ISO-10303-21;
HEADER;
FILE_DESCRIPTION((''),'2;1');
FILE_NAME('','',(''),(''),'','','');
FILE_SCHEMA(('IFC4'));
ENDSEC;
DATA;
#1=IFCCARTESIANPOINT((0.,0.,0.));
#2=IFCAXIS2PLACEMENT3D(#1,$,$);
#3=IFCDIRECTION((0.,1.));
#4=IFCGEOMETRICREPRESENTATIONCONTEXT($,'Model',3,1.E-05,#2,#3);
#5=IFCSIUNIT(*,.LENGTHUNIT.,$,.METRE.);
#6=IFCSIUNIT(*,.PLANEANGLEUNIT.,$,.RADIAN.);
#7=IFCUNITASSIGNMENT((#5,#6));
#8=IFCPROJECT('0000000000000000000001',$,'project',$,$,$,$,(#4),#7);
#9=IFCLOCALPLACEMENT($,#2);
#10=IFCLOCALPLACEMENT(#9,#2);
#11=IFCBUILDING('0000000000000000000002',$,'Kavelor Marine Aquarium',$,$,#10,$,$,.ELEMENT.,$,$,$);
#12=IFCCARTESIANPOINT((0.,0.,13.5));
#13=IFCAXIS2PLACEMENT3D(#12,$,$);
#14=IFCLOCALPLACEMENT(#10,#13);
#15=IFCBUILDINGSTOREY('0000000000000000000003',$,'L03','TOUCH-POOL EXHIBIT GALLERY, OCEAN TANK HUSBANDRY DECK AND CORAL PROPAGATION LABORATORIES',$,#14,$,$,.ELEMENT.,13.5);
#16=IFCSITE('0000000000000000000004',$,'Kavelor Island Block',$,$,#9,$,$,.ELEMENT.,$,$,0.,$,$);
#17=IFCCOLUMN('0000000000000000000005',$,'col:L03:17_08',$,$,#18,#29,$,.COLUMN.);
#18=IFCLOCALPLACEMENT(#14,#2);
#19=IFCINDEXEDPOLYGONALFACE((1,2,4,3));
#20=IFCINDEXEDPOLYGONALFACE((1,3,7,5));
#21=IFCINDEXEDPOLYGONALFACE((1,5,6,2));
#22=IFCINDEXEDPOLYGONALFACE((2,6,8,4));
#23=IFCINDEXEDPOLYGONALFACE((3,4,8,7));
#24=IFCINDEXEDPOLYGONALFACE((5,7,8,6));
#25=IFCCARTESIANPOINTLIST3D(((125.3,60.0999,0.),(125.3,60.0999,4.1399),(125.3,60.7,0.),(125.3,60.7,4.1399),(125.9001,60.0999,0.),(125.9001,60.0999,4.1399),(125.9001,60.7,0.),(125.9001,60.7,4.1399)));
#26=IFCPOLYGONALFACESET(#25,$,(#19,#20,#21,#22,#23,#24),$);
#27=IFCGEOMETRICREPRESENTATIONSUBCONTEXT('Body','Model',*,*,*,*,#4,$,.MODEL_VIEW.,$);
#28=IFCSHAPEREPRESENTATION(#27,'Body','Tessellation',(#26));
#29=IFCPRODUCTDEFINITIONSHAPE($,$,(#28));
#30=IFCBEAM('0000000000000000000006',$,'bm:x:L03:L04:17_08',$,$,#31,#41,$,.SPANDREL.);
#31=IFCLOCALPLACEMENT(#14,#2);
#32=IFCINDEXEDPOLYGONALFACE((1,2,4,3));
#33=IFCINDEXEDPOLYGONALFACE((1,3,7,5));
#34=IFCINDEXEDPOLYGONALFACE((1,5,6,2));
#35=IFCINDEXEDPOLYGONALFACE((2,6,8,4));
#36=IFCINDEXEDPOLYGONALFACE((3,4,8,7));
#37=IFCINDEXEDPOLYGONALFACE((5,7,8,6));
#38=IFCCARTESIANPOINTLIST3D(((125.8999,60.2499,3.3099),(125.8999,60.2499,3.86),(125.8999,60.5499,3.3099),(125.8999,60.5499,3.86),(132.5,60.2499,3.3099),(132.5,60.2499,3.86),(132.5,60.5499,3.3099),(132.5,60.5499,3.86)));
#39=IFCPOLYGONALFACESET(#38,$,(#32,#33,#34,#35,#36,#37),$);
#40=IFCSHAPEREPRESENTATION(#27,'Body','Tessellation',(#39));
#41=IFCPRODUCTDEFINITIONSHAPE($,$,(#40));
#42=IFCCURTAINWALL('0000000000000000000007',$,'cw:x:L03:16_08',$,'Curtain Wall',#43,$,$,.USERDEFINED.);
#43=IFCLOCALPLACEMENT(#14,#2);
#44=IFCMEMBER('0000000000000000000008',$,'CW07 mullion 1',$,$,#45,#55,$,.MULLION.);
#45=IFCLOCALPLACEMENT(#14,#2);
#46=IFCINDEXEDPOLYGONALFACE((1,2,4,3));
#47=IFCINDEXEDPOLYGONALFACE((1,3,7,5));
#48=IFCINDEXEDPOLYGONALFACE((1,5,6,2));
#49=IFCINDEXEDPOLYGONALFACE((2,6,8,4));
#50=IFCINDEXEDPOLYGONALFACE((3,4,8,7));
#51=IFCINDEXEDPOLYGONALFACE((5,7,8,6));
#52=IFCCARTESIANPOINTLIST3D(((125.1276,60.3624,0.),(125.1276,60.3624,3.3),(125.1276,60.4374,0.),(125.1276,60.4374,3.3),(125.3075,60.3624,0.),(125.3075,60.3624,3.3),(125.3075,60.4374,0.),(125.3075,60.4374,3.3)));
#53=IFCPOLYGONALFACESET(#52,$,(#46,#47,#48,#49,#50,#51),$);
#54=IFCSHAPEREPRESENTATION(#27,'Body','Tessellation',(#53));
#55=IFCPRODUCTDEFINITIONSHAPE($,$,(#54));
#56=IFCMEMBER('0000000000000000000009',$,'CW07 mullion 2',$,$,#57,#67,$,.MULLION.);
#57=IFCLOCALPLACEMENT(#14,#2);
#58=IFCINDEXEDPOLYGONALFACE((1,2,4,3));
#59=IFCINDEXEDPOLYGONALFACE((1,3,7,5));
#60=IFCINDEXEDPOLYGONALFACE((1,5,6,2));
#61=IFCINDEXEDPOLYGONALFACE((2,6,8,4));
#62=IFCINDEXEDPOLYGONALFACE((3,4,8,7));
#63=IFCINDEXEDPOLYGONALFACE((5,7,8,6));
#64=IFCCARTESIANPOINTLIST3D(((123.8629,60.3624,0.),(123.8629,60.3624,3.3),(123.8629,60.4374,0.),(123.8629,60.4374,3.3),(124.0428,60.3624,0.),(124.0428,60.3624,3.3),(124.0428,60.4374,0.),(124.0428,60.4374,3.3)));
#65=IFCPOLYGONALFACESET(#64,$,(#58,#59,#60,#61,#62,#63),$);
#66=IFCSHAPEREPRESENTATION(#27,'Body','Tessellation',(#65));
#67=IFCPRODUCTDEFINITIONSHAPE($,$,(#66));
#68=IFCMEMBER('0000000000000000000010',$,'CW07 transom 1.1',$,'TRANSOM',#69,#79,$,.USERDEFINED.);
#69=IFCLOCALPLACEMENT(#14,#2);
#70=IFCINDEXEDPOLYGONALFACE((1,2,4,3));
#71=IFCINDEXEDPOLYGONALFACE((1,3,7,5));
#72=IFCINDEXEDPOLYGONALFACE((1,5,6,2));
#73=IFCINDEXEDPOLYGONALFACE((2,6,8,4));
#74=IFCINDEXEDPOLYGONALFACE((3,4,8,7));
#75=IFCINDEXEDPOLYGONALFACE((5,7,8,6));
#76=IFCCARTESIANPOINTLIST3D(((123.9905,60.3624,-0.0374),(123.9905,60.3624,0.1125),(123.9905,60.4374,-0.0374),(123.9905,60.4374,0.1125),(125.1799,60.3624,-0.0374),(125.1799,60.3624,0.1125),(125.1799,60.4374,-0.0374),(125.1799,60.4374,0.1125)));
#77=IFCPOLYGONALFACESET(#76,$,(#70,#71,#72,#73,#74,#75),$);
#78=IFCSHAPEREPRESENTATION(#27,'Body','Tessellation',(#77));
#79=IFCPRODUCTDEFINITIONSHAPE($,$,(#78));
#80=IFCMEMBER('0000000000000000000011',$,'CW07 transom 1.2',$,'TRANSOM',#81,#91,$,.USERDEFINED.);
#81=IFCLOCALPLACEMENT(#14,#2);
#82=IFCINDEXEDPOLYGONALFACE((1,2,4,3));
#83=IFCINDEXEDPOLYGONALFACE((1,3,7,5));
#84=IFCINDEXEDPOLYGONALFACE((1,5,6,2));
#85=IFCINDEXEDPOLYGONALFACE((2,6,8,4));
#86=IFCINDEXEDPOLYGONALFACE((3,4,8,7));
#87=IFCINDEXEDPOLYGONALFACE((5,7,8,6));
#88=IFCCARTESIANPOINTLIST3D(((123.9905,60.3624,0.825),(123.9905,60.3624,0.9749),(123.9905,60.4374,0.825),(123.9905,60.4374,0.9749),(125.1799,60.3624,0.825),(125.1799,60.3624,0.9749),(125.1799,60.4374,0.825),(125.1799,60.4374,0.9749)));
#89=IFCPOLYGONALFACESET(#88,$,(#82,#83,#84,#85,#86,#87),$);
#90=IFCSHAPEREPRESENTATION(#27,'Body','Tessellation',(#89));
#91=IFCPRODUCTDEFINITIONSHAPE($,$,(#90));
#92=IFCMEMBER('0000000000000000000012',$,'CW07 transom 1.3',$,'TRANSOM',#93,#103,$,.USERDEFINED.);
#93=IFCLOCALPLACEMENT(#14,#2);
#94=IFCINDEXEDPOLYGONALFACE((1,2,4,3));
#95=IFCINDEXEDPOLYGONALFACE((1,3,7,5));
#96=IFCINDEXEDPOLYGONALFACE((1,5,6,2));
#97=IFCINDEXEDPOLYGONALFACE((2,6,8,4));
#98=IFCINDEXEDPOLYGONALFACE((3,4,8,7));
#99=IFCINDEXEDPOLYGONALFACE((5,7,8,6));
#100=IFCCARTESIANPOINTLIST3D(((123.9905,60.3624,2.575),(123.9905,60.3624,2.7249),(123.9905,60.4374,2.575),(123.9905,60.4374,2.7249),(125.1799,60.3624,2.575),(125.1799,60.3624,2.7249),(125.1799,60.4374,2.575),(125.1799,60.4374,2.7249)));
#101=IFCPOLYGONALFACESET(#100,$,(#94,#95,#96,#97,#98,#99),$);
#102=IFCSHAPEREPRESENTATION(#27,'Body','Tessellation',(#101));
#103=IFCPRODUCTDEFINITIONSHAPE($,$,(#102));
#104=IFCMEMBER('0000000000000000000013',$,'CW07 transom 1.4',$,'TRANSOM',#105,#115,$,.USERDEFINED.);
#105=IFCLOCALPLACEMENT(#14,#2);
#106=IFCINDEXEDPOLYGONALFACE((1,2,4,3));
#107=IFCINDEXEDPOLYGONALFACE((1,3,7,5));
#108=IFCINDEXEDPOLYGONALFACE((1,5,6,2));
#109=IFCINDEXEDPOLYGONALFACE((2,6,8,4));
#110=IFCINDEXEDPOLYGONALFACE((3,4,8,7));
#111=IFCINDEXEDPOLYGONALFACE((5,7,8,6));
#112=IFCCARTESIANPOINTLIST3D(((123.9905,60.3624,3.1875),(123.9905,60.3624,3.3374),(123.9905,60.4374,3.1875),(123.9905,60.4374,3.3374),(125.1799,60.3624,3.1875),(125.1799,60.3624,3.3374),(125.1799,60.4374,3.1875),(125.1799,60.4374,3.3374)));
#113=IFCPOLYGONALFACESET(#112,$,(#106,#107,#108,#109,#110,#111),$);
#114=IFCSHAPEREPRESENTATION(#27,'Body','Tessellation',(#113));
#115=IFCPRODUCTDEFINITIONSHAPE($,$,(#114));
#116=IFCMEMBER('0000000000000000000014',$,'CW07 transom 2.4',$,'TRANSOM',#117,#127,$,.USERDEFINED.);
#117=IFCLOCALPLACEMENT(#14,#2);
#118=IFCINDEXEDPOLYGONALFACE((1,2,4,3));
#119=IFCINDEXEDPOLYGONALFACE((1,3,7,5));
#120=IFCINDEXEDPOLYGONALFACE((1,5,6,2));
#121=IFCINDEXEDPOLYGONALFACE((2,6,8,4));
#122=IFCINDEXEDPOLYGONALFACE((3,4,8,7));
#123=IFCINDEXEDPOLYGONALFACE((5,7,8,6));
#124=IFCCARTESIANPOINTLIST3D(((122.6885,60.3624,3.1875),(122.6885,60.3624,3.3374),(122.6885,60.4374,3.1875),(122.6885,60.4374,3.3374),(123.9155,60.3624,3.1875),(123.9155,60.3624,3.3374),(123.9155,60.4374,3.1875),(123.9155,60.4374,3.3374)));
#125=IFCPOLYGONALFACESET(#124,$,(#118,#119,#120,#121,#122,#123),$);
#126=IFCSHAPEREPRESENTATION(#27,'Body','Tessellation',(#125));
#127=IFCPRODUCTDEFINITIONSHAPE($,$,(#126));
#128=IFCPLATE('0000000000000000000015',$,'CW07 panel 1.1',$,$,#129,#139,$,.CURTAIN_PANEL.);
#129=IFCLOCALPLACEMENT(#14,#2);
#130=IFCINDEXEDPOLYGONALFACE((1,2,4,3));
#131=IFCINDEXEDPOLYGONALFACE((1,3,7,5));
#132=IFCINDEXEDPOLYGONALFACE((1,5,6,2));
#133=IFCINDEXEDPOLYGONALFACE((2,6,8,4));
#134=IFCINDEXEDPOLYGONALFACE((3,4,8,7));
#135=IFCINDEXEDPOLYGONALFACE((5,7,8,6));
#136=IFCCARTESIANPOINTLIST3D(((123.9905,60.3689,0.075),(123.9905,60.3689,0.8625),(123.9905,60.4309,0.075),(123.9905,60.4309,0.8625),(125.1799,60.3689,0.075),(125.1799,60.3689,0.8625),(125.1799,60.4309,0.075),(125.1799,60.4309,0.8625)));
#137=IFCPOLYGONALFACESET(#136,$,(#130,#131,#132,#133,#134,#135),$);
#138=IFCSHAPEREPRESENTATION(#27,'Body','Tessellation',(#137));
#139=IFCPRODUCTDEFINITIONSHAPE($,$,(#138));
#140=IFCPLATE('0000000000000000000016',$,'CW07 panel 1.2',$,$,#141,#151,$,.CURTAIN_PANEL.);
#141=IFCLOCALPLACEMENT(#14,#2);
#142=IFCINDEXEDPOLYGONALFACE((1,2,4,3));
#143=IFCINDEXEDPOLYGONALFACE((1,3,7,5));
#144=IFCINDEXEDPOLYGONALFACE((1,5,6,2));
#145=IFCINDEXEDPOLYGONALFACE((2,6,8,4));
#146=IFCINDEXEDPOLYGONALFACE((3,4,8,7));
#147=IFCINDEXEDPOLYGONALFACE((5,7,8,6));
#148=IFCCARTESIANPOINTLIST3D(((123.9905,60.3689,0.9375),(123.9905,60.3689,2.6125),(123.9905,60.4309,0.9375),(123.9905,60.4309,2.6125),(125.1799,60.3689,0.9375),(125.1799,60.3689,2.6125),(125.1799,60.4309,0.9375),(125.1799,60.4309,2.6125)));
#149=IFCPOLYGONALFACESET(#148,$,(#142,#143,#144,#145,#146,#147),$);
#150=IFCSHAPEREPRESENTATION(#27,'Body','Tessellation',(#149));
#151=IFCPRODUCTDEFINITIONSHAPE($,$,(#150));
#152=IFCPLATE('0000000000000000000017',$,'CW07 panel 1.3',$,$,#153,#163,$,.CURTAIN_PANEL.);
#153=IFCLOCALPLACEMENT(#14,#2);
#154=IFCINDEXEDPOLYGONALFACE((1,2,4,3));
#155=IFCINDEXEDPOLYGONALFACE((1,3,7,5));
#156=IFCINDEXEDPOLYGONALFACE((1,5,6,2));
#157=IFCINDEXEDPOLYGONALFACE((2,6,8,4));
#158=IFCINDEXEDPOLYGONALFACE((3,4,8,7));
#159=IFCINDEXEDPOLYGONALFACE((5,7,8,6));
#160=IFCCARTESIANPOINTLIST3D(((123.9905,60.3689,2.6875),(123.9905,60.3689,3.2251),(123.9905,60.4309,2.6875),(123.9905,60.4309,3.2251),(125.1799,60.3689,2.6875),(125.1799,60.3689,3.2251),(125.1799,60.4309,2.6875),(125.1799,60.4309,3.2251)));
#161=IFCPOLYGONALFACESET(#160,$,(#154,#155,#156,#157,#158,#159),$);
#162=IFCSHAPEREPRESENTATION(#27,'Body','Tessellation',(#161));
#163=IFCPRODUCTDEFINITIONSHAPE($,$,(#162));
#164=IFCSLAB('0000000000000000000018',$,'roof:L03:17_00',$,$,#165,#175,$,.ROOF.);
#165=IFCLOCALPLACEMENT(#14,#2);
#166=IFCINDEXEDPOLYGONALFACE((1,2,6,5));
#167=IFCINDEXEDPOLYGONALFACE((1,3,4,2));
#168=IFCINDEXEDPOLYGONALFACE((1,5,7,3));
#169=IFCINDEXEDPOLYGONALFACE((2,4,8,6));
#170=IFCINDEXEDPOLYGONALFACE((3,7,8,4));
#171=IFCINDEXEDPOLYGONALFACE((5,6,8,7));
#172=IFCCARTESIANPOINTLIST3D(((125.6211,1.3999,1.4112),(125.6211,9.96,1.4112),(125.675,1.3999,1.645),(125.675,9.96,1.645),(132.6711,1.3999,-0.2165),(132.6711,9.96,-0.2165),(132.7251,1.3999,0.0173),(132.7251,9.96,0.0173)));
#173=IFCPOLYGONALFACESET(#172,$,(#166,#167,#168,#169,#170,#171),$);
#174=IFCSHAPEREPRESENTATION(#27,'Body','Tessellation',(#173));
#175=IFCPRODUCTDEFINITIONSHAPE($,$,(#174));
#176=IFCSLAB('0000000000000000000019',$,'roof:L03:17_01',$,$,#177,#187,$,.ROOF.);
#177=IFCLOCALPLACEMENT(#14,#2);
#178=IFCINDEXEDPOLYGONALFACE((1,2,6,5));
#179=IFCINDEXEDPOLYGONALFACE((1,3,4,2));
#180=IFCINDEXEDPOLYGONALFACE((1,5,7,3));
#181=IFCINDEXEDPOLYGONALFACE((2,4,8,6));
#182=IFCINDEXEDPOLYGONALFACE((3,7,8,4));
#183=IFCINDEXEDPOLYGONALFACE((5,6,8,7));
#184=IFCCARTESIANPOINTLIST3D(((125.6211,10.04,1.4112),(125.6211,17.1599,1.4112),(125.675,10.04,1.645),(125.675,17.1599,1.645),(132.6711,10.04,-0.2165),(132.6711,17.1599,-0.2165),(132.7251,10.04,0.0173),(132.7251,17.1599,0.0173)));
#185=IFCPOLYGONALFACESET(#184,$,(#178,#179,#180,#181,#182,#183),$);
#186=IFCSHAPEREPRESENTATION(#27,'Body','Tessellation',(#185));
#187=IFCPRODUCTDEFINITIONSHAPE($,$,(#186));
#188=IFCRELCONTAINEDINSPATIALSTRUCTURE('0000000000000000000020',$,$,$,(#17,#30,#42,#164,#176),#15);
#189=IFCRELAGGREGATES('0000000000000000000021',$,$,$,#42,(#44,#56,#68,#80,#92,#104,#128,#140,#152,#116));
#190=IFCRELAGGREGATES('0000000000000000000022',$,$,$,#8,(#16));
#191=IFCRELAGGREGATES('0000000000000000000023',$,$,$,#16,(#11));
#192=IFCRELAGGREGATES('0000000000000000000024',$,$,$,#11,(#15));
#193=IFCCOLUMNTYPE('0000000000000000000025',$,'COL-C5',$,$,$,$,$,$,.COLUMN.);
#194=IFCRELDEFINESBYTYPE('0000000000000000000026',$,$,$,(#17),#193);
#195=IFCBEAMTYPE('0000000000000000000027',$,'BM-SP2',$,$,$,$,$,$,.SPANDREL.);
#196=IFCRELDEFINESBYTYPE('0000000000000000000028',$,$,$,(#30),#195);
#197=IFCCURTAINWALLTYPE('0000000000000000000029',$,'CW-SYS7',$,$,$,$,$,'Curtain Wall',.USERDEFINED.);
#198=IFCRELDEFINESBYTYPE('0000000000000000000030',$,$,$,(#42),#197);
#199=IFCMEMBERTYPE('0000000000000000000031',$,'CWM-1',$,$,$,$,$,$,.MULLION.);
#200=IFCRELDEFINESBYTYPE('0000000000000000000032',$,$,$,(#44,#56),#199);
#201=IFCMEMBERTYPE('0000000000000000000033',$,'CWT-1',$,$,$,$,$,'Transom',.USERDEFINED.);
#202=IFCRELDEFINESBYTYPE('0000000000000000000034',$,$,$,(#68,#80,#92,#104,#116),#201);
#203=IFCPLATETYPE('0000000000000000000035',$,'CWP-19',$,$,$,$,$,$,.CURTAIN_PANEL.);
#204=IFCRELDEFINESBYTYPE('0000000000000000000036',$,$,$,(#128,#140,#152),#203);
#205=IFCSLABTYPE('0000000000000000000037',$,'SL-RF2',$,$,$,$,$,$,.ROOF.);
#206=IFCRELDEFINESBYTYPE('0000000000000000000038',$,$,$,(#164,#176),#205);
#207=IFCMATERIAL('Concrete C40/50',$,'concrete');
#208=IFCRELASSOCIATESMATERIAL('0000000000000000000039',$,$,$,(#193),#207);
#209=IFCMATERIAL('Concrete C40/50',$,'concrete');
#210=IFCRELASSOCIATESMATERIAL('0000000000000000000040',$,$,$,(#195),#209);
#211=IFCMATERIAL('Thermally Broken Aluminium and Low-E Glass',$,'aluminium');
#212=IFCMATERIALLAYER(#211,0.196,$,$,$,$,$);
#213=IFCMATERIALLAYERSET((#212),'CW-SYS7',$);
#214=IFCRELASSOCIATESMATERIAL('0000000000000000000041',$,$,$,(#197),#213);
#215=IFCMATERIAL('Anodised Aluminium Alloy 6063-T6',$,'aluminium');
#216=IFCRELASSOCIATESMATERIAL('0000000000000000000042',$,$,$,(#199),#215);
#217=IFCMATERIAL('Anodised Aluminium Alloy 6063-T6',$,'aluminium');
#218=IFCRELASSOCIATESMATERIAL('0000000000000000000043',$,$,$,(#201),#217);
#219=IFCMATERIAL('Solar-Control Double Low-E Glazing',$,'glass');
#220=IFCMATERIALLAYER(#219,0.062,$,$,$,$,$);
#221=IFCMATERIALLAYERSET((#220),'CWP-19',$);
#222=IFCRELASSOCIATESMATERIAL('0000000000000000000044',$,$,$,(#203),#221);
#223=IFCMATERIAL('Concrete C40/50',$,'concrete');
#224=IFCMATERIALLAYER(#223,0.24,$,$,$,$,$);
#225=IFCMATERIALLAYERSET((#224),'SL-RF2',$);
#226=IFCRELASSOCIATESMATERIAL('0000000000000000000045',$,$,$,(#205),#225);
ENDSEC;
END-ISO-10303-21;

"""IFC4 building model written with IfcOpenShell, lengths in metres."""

from ifc_helpers import new_model, si_unit, direction, frame, origin, origin_2d, place, context, subcontext, project, spatial, polyline, rectangle, outline, extrude, material, layer, layer_set, material_profile, profile_set, type_object, element, aggregate, save


model = new_model("IFC4")

# Units and contexts
model_context = context("Model", 3, precision=1e-05, world=origin(), true_north=direction((0.0, 1.0)))
body_context = subcontext(model_context, "Body", "Model", "MODEL_VIEW")
ifc_project = project(units=[si_unit("LENGTHUNIT", "METRE"), si_unit("PLANEANGLEUNIT", "RADIAN")], contexts=[model_context])

# Site, building, storey
site_placement = place(None, origin())
site = spatial("IfcSite", under=ifc_project, at=site_placement, Name="Kavelor Island Block", CompositionType="ELEMENT", RefElevation=0.0)
building_placement = place(site_placement, origin())
building = spatial("IfcBuilding", under=site, at=building_placement, Name="Kavelor Marine Aquarium", CompositionType="ELEMENT")
storey_placement = place(building_placement, frame((0.0, 0.0, 13.5)))
storey = spatial("IfcBuildingStorey", under=building, at=storey_placement, Name="L03", Description="TOUCH-POOL EXHIBIT GALLERY, OCEAN TANK HUSBANDRY DECK AND CORAL PROPAGATION LABORATORIES", CompositionType="ELEMENT", Elevation=13.5)

# Column
ifc_material_1 = material(Name="Concrete C40/50", Category="concrete")
ifc_material_profile_1 = material_profile(ifc_material_1, rectangle(XDim=0.6001, YDim=0.6001, at=origin_2d()), Name="RC-COL 600x600")
ifc_profile_set_1 = profile_set([ifc_material_profile_1], Name="Concrete C40/50")
column_type = type_object("IfcColumnType", Name="COL-C5", PredefinedType="COLUMN", material=ifc_profile_set_1)
column_placement = place(storey_placement, frame((125.6001, 60.3999, 0.0), z_axis=(0.0, 0.0, 1.0), x_axis=(1.0, 0.0, 0.0)))
element("IfcColumn", 1, at=column_placement, inside=storey, type_object=column_type, Name="col:L03:17_08", PredefinedType="COLUMN", context=body_context, shape_type="SweptSolid", body=[
    extrude(rectangle(XDim=0.6001, YDim=0.6001, at=origin_2d()), origin(), (0.0, 0.0, 1.0), 4.1399),
])

# Beam
ifc_material_2 = material(Name="Concrete C40/50", Category="concrete")
ifc_material_profile_2 = material_profile(ifc_material_2, rectangle(XDim=0.3, YDim=0.55, at=origin_2d()), Name="RC-SP 300x550")
ifc_profile_set_2 = profile_set([ifc_material_profile_2], Name="Concrete C40/50")
beam_type = type_object("IfcBeamType", Name="BM-SP2", PredefinedType="SPANDREL", material=ifc_profile_set_2)
beam_placement = place(storey_placement, frame((125.8999, 60.3999, 3.585), z_axis=(1.0, 0.0, 0.0), x_axis=(0.0, 1.0, 0.0)))
element("IfcBeam", 2, at=beam_placement, inside=storey, type_object=beam_type, Name="bm:x:L03:L04:17_08", PredefinedType="SPANDREL", context=body_context, shape_type="SweptSolid", body=[
    extrude(rectangle(XDim=0.3, YDim=0.55, at=origin_2d()), origin(), (0.0, 0.0, 1.0), 6.6001),
])

# Curtain wall, members, plates
ifc_material_3 = material(Name="Thermally Broken Aluminium and Low-E Glass", Category="aluminium")
ifc_layer_1 = layer(ifc_material_3, 0.196)
ifc_layer_set_1 = layer_set([ifc_layer_1], Name="CW-SYS7")
curtain_wall_type = type_object("IfcCurtainWallType", Name="CW-SYS7", ElementType="Curtain Wall", PredefinedType="USERDEFINED", material=ifc_layer_set_1)
curtain_wall_placement = place(storey_placement, origin())
curtain_wall = element("IfcCurtainWall", 3, at=curtain_wall_placement, inside=storey, type_object=curtain_wall_type, Name="cw:x:L03:16_08", ObjectType="Curtain Wall", PredefinedType="USERDEFINED")
ifc_material_4 = material(Name="Anodised Aluminium Alloy 6063-T6", Category="aluminium")
ifc_material_profile_3 = material_profile(ifc_material_4, rectangle(XDim=0.075, YDim=0.1799, at=origin_2d()), Name="CW-MUL 75x180")
ifc_profile_set_3 = profile_set([ifc_material_profile_3], Name="Anodised Aluminium Alloy 6063-T6")
member_type_1 = type_object("IfcMemberType", Name="CWM-1", PredefinedType="MULLION", material=ifc_profile_set_3)
member_1_placement = place(storey_placement, frame((125.2175, 60.3999, 0.0), z_axis=(0.0, 0.0, 1.0), x_axis=(0.0, -1.0, 0.0)))
member_1 = element("IfcMember", 4, at=member_1_placement, type_object=member_type_1, Name="CW07 mullion 1", PredefinedType="MULLION", context=body_context, shape_type="SweptSolid", body=[
    extrude(rectangle(XDim=0.075, YDim=0.1799, at=origin_2d()), origin(), (0.0, 0.0, 1.0), 3.3),
])
member_2_placement = place(storey_placement, frame((123.9529, 60.3999, 0.0), z_axis=(0.0, 0.0, 1.0), x_axis=(0.0, -1.0, 0.0)))
member_2 = element("IfcMember", 5, at=member_2_placement, type_object=member_type_1, Name="CW07 mullion 2", PredefinedType="MULLION", context=body_context, shape_type="SweptSolid", body=[
    extrude(rectangle(XDim=0.075, YDim=0.1799, at=origin_2d()), origin(), (0.0, 0.0, 1.0), 3.3),
])
ifc_material_5 = material(Name="Anodised Aluminium Alloy 6063-T6", Category="aluminium")
ifc_material_profile_4 = material_profile(ifc_material_5, rectangle(XDim=0.075, YDim=0.1499, at=origin_2d()), Name="CW-TRN 75x150")
ifc_profile_set_4 = profile_set([ifc_material_profile_4], Name="Anodised Aluminium Alloy 6063-T6")
member_type_2 = type_object("IfcMemberType", Name="CWT-1", ElementType="Transom", PredefinedType="USERDEFINED", material=ifc_profile_set_4)
member_3_placement = place(storey_placement, frame((125.1799, 60.3999, 0.0376), z_axis=(-1.0, 0.0, 0.0), x_axis=(0.0, -1.0, 0.0)))
member_3 = element("IfcMember", 6, at=member_3_placement, type_object=member_type_2, Name="CW07 transom 1.1", ObjectType="TRANSOM", PredefinedType="USERDEFINED", context=body_context, shape_type="SweptSolid", body=[
    extrude(rectangle(XDim=0.075, YDim=0.1499, at=origin_2d()), origin(), (0.0, 0.0, 1.0), 1.1895),
])
member_4_placement = place(storey_placement, frame((125.1799, 60.3999, 0.8999), z_axis=(-1.0, 0.0, 0.0), x_axis=(0.0, -1.0, 0.0)))
member_4 = element("IfcMember", 7, at=member_4_placement, type_object=member_type_2, Name="CW07 transom 1.2", ObjectType="TRANSOM", PredefinedType="USERDEFINED", context=body_context, shape_type="SweptSolid", body=[
    extrude(rectangle(XDim=0.075, YDim=0.1499, at=origin_2d()), origin(), (0.0, 0.0, 1.0), 1.1895),
])
member_5_placement = place(storey_placement, frame((125.1799, 60.3999, 2.6499), z_axis=(-1.0, 0.0, 0.0), x_axis=(0.0, -1.0, 0.0)))
member_5 = element("IfcMember", 8, at=member_5_placement, type_object=member_type_2, Name="CW07 transom 1.3", ObjectType="TRANSOM", PredefinedType="USERDEFINED", context=body_context, shape_type="SweptSolid", body=[
    extrude(rectangle(XDim=0.075, YDim=0.1499, at=origin_2d()), origin(), (0.0, 0.0, 1.0), 1.1895),
])
member_6_placement = place(storey_placement, frame((125.1799, 60.3999, 3.2625), z_axis=(-1.0, 0.0, 0.0), x_axis=(0.0, -1.0, 0.0)))
member_6 = element("IfcMember", 9, at=member_6_placement, type_object=member_type_2, Name="CW07 transom 1.4", ObjectType="TRANSOM", PredefinedType="USERDEFINED", context=body_context, shape_type="SweptSolid", body=[
    extrude(rectangle(XDim=0.075, YDim=0.1499, at=origin_2d()), origin(), (0.0, 0.0, 1.0), 1.1895),
])
member_7_placement = place(storey_placement, frame((123.9155, 60.3999, 3.2625), z_axis=(-1.0, 0.0, 0.0), x_axis=(0.0, -1.0, 0.0)))
member_7 = element("IfcMember", 10, at=member_7_placement, type_object=member_type_2, Name="CW07 transom 2.4", ObjectType="TRANSOM", PredefinedType="USERDEFINED", context=body_context, shape_type="SweptSolid", body=[
    extrude(rectangle(XDim=0.075, YDim=0.1499, at=origin_2d()), origin(), (0.0, 0.0, 1.0), 1.2271),
])
ifc_material_6 = material(Name="Solar-Control Double Low-E Glazing", Category="glass")
ifc_layer_2 = layer(ifc_material_6, 0.062)
ifc_layer_set_2 = layer_set([ifc_layer_2], Name="CWP-19")
plate_type = type_object("IfcPlateType", Name="CWP-19", PredefinedType="CURTAIN_PANEL", material=ifc_layer_set_2)
plate_1_placement = place(storey_placement, frame((124.5852, 60.3999, 0.075), z_axis=(0.0, 0.0, 1.0), x_axis=(-1.0, 0.0, 0.0)))
plate_1 = element("IfcPlate", 11, at=plate_1_placement, type_object=plate_type, Name="CW07 panel 1.1", PredefinedType="CURTAIN_PANEL", context=body_context, shape_type="SweptSolid", body=[
    extrude(rectangle(XDim=1.1895, YDim=0.062, at=origin_2d()), origin(), (0.0, 0.0, 1.0), 0.7876),
])
plate_2_placement = place(storey_placement, frame((124.5852, 60.3999, 0.9375), z_axis=(0.0, 0.0, 1.0), x_axis=(-1.0, 0.0, 0.0)))
plate_2 = element("IfcPlate", 12, at=plate_2_placement, type_object=plate_type, Name="CW07 panel 1.2", PredefinedType="CURTAIN_PANEL", context=body_context, shape_type="SweptSolid", body=[
    extrude(rectangle(XDim=1.1895, YDim=0.062, at=origin_2d()), origin(), (0.0, 0.0, 1.0), 1.675),
])
plate_3_placement = place(storey_placement, frame((124.5852, 60.3999, 2.6875), z_axis=(0.0, 0.0, 1.0), x_axis=(-1.0, 0.0, 0.0)))
plate_3 = element("IfcPlate", 13, at=plate_3_placement, type_object=plate_type, Name="CW07 panel 1.3", PredefinedType="CURTAIN_PANEL", context=body_context, shape_type="SweptSolid", body=[
    extrude(rectangle(XDim=1.1895, YDim=0.062, at=origin_2d()), origin(), (0.0, 0.0, 1.0), 0.5376),
])
aggregate(curtain_wall, [member_1, member_2, member_3, member_4, member_5, member_6, plate_1, plate_2, plate_3, member_7])

# Slabs
ifc_material_7 = material(Name="Concrete C40/50", Category="concrete")
ifc_layer_3 = layer(ifc_material_7, 0.24)
ifc_layer_set_3 = layer_set([ifc_layer_3], Name="SL-RF2")
slab_type = type_object("IfcSlabType", Name="SL-RF2", PredefinedType="ROOF", material=ifc_layer_set_3)
slab_1_placement = place(storey_placement, frame((125.675, 1.3999, 1.645), z_axis=(0.224958, 0.0, 0.974368), x_axis=(0.974368, 0.0, -0.224958)))
element("IfcSlab", 14, at=slab_1_placement, inside=storey, type_object=slab_type, Name="roof:L03:17_00", PredefinedType="ROOF", context=body_context, shape_type="SweptSolid", body=[
    extrude(outline(polyline([(0.0, 0.0), (7.2355, 0.0), (7.2355, 8.5601), (0.0, 8.5601), (0.0, 0.0)])), origin(), (0.0, 0.0, -1.0), 0.24),
])
slab_2_placement = place(storey_placement, frame((125.675, 10.04, 1.645), z_axis=(0.224958, 0.0, 0.974368), x_axis=(0.974368, 0.0, -0.224958)))
element("IfcSlab", 15, at=slab_2_placement, inside=storey, type_object=slab_type, Name="roof:L03:17_01", PredefinedType="ROOF", context=body_context, shape_type="SweptSolid", body=[
    extrude(outline(polyline([(0.0, 0.0), (7.2355, 0.0), (7.2355, 7.1199), (0.0, 7.1199), (0.0, 0.0)])), origin(), (0.0, 0.0, -1.0), 0.24),
])

save(model, "model.ifc")
